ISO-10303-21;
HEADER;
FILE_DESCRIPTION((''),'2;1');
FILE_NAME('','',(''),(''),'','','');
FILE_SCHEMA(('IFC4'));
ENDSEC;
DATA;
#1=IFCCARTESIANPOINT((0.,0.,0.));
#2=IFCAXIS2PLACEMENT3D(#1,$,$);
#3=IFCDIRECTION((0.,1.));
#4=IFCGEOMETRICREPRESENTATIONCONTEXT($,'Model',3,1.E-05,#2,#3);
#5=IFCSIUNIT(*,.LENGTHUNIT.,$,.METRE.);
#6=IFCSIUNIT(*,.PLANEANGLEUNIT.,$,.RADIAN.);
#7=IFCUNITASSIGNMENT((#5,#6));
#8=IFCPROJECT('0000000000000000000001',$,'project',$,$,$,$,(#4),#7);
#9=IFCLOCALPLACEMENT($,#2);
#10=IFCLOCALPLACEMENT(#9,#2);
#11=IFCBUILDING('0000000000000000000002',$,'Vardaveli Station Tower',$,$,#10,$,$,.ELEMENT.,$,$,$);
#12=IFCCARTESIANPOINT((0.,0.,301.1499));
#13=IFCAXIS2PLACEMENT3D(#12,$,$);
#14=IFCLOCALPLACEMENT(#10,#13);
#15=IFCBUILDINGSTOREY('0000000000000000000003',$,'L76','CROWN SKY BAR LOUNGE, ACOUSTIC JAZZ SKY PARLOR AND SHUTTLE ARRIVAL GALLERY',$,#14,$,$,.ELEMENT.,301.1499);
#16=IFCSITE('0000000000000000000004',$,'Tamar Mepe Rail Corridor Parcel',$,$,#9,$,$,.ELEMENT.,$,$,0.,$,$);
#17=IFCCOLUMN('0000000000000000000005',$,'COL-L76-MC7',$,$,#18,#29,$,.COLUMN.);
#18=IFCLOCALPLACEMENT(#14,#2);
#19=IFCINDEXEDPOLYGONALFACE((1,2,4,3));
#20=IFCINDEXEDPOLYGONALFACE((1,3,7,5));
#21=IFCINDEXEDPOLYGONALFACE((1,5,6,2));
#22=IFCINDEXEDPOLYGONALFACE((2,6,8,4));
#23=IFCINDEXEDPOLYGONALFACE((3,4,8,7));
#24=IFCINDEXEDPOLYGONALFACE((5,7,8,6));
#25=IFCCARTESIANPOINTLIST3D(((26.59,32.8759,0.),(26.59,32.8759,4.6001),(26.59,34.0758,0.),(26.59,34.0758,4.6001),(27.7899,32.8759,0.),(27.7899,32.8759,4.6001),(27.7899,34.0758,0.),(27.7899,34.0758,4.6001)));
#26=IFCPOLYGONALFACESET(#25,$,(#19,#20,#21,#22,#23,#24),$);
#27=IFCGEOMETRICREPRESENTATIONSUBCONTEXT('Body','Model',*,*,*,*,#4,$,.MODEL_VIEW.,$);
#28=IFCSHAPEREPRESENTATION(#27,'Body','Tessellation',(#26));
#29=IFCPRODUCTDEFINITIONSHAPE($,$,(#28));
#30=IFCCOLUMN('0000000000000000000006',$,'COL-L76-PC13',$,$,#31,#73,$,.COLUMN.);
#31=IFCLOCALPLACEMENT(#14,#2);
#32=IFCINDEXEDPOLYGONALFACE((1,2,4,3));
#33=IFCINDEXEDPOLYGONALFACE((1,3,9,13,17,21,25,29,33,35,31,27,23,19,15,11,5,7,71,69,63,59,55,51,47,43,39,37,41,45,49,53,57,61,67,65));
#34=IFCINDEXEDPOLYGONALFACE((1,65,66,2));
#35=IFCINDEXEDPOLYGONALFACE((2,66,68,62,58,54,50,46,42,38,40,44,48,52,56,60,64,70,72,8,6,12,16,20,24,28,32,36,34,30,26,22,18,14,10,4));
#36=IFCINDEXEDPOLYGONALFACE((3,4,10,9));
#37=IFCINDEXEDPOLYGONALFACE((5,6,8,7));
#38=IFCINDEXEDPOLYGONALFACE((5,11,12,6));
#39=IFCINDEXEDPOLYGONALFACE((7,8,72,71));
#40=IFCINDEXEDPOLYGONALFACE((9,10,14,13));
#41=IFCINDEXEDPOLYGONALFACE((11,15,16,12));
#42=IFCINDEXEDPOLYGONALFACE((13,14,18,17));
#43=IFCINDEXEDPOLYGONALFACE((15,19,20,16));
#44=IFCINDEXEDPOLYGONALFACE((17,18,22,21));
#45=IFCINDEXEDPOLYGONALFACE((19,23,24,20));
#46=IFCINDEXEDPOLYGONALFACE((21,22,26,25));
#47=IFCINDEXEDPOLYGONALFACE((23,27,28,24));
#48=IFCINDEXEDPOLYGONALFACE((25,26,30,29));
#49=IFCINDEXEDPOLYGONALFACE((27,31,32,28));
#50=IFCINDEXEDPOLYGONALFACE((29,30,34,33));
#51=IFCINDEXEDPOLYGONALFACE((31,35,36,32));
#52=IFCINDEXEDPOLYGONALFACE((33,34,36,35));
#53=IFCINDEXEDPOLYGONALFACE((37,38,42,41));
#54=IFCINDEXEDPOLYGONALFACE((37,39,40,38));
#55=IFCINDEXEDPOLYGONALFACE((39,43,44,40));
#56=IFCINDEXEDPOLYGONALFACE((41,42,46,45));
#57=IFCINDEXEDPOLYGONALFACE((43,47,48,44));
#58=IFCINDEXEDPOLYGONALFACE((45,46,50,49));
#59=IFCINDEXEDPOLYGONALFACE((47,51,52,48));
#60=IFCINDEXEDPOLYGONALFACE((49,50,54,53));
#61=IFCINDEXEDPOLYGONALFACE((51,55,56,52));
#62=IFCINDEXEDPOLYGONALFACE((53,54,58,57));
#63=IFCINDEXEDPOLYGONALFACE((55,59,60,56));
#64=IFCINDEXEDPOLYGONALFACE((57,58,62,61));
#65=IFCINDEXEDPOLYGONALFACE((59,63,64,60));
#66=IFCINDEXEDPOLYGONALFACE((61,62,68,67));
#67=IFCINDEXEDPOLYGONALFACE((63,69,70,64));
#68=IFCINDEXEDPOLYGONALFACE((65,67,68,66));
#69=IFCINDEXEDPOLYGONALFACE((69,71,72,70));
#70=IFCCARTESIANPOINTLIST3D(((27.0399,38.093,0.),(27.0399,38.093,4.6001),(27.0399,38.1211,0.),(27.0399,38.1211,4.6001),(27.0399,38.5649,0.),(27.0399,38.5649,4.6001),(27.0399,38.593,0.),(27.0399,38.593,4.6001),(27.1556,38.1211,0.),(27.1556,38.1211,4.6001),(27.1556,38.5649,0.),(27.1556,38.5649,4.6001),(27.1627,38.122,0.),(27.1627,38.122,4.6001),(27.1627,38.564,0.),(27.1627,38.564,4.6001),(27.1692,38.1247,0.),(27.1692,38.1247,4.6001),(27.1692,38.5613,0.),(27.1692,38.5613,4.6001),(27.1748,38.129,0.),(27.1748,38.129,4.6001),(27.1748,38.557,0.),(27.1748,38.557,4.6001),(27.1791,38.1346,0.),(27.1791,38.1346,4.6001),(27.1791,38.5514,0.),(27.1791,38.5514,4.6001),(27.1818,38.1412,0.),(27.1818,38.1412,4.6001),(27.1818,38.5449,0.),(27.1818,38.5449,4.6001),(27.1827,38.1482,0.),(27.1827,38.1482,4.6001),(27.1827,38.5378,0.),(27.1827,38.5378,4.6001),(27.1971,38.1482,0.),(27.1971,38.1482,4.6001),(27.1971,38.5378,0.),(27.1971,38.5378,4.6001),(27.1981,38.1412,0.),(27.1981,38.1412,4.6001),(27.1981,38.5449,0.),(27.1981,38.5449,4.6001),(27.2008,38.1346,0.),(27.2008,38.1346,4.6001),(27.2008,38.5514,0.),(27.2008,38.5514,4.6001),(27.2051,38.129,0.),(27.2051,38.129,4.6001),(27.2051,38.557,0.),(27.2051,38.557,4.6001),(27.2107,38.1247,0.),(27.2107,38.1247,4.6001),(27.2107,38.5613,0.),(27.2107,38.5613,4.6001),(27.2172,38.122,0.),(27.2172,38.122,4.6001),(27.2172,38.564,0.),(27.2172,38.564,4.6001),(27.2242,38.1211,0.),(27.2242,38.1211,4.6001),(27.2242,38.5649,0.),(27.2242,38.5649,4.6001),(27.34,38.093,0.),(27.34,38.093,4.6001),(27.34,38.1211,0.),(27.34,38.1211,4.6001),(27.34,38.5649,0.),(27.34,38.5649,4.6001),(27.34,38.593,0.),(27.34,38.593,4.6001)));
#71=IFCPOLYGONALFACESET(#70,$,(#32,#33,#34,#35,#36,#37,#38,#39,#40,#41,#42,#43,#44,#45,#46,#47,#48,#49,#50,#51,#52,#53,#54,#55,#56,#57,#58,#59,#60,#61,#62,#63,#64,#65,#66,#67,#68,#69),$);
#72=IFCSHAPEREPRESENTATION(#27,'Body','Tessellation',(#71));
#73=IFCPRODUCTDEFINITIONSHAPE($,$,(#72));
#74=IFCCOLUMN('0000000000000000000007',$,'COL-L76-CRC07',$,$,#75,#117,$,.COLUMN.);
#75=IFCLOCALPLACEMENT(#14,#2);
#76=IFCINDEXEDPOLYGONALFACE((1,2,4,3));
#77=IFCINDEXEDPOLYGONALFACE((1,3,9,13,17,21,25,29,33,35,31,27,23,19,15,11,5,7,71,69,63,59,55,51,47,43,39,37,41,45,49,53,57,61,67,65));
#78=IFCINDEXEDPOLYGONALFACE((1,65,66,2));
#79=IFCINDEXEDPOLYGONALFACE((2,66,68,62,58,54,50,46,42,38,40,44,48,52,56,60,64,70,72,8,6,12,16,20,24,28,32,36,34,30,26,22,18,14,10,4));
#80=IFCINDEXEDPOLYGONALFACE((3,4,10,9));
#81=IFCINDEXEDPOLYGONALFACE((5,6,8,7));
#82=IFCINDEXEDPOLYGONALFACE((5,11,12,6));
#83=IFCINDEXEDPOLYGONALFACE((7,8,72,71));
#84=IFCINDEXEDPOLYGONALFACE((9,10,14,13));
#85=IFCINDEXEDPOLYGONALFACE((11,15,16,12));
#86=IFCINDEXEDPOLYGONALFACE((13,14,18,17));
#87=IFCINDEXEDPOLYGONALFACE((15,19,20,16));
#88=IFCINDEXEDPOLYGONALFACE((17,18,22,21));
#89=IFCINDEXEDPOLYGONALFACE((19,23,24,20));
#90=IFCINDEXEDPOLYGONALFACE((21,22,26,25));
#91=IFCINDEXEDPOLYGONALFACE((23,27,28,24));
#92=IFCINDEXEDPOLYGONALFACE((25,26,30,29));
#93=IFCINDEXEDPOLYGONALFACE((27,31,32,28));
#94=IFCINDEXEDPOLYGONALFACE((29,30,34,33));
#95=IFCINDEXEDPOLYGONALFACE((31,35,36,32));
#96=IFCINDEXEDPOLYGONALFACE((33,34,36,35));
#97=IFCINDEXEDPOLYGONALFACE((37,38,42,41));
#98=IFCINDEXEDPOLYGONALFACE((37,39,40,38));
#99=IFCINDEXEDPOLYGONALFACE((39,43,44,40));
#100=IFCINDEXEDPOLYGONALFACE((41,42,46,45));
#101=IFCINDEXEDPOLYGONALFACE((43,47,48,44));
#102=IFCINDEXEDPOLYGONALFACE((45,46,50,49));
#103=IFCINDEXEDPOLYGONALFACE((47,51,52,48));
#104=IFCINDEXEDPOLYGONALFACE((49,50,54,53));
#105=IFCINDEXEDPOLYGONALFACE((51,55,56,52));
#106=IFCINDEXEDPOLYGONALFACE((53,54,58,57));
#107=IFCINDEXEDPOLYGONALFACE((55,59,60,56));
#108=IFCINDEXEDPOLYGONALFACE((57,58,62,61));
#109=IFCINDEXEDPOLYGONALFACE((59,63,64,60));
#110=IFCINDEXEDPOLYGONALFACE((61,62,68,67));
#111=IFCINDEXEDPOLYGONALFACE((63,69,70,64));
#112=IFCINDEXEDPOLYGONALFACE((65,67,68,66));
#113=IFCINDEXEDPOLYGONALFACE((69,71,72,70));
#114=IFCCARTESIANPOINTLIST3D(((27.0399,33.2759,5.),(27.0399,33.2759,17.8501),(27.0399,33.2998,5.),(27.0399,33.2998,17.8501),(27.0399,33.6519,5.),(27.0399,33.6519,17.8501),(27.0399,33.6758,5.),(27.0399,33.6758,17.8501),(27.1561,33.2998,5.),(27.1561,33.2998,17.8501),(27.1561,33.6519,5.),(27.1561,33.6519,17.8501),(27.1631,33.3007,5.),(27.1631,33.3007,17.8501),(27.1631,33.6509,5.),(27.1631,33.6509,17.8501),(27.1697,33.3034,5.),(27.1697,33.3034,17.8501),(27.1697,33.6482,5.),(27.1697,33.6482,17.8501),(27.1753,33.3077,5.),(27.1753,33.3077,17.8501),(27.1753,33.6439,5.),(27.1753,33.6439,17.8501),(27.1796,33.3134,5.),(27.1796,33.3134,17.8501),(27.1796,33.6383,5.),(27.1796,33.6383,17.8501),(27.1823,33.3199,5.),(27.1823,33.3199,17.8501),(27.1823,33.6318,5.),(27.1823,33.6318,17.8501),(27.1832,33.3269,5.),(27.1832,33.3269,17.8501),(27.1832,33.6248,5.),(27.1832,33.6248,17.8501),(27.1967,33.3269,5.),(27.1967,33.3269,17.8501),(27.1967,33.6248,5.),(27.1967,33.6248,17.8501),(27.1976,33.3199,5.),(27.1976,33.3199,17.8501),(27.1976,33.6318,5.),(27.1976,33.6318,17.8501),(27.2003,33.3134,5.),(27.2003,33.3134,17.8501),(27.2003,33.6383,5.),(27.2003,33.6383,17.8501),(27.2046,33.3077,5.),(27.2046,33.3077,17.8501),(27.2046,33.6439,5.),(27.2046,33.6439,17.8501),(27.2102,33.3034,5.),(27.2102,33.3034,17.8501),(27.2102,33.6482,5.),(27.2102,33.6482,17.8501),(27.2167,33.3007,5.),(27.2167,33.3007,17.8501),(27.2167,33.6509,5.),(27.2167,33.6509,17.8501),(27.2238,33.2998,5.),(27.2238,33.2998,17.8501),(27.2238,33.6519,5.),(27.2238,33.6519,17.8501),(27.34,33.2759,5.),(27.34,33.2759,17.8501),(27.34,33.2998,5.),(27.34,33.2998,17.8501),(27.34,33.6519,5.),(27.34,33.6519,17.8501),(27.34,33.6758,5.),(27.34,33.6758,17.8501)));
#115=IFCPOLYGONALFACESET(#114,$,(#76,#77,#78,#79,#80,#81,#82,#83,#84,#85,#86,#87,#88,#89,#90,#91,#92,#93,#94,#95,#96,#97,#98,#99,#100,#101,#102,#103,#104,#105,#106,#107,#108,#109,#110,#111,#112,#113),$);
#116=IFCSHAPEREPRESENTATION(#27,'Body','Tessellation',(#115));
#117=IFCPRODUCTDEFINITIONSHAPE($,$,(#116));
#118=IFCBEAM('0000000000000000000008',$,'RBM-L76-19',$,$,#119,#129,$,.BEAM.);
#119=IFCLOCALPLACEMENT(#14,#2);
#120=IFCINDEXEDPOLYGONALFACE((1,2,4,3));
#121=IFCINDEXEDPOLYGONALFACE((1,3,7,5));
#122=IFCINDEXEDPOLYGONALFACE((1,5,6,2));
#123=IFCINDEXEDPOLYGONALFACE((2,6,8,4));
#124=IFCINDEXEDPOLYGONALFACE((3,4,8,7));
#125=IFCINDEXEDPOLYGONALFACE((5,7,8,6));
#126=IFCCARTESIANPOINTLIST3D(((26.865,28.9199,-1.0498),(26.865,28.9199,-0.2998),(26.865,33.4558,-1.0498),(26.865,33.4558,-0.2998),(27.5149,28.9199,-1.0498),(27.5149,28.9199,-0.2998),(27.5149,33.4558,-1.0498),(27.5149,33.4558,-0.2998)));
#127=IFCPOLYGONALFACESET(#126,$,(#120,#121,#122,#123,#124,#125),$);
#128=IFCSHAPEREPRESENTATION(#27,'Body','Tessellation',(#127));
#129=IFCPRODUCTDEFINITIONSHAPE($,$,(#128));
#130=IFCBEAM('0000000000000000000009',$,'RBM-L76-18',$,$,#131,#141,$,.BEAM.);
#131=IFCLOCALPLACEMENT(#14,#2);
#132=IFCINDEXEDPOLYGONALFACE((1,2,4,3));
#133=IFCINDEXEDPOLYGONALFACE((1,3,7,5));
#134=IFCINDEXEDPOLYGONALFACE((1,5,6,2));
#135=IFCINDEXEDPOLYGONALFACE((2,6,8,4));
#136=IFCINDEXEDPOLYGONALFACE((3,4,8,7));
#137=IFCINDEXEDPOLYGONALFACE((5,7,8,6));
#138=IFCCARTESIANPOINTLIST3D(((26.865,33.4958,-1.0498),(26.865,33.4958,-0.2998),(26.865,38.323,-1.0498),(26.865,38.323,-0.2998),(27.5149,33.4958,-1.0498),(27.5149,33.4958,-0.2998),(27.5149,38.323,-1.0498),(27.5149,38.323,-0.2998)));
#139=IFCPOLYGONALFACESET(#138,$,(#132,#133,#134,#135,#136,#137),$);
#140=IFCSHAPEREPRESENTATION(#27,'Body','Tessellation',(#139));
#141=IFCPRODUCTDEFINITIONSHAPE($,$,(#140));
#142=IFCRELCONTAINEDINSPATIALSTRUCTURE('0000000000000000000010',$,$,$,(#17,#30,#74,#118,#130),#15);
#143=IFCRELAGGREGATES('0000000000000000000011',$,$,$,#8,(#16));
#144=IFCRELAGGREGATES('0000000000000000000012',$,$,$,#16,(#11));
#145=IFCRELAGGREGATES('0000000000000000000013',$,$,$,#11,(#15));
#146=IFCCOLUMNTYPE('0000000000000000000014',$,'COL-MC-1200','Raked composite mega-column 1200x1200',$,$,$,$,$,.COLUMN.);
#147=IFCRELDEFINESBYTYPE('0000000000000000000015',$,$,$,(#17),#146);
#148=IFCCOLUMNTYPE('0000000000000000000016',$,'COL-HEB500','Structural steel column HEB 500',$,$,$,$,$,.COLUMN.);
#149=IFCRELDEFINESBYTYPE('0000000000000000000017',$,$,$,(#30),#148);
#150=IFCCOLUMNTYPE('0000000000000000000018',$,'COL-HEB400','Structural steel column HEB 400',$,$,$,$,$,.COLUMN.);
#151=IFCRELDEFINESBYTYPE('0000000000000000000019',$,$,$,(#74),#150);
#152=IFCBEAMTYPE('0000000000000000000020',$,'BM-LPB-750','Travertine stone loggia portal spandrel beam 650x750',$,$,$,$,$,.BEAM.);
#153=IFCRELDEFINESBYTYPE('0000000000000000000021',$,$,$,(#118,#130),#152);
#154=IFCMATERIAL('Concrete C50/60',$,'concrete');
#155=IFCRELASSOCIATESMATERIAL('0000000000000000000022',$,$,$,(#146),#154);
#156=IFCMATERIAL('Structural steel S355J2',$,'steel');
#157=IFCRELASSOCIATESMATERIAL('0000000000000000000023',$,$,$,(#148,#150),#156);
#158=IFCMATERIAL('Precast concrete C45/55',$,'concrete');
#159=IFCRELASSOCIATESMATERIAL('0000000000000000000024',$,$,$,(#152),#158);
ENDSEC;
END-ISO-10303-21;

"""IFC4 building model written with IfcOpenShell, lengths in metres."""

from ifc_helpers import new_model, si_unit, direction, frame, origin, origin_2d, place, context, subcontext, project, spatial, rectangle, i_section, extrude, source, transform, mapped, material, material_profile, profile_set, type_object, element, save


model = new_model("IFC4")

# Units and contexts
model_context = context("Model", 3, precision=1e-05, world=origin(), true_north=direction((0.0, 1.0)))
body_context = subcontext(model_context, "Body", "Model", "MODEL_VIEW")
ifc_project = project(units=[si_unit("LENGTHUNIT", "METRE"), si_unit("PLANEANGLEUNIT", "RADIAN")], contexts=[model_context])

# Site, building, storey
site_placement = place(None, origin())
site = spatial("IfcSite", under=ifc_project, at=site_placement, Name="Tamar Mepe Rail Corridor Parcel", CompositionType="ELEMENT", RefElevation=0.0)
building_placement = place(site_placement, origin())
building = spatial("IfcBuilding", under=site, at=building_placement, Name="Vardaveli Station Tower", CompositionType="ELEMENT")
storey_placement = place(building_placement, frame((0.0, 0.0, 301.1499)))
storey = spatial("IfcBuildingStorey", under=building, at=storey_placement, Name="L76", Description="CROWN SKY BAR LOUNGE, ACOUSTIC JAZZ SKY PARLOR AND SHUTTLE ARRIVAL GALLERY", CompositionType="ELEMENT", Elevation=301.1499)

# Columns
ifc_material_1 = material(Name="Concrete C50/60", Category="concrete")
ifc_material_profile_1 = material_profile(ifc_material_1, rectangle(XDim=1.2, YDim=1.2, at=origin_2d()), Name="MC 1200x1200")
ifc_profile_set_1 = profile_set([ifc_material_profile_1], Name="Concrete C50/60")
column_type_1 = type_object("IfcColumnType", Name="COL-MC-1200", Description="Raked composite mega-column 1200x1200", PredefinedType="COLUMN", material=ifc_profile_set_1)
shared_shape_1 = source(origin(), body_context, "Body", "SweptSolid", [
    extrude(rectangle(XDim=1.2, YDim=1.2, at=origin_2d()), origin(), (0.0, 0.0, 1.0), 4.6001),
])
column_1_placement = place(storey_placement, frame((27.1899, 33.4758, 0.0), z_axis=(0.0, 0.0, 1.0), x_axis=(1.0, 0.0, 0.0)))
element("IfcColumn", 1, at=column_1_placement, inside=storey, type_object=column_type_1, Name="COL-L76-MC7", PredefinedType="COLUMN", context=body_context, shape_type="MappedRepresentation", body=[
    mapped(shared_shape_1, transform((0.0, 0.0, 0.0), scale=1.0)),
])
ifc_material_2 = material(Name="Structural steel S355J2", Category="steel")
ifc_material_profile_2 = material_profile(ifc_material_2, i_section(OverallWidth=0.3, OverallDepth=0.5, WebThickness=0.0144, FlangeThickness=0.0281, FilletRadius=0.0271, at=origin_2d()), Name="HEB 500")
ifc_profile_set_2 = profile_set([ifc_material_profile_2], Name="Structural steel S355J2")
column_type_2 = type_object("IfcColumnType", Name="COL-HEB500", Description="Structural steel column HEB 500", PredefinedType="COLUMN", material=ifc_profile_set_2)
shared_shape_2 = source(origin(), body_context, "Body", "SweptSolid", [
    extrude(i_section(OverallWidth=0.3, OverallDepth=0.5, WebThickness=0.0144, FlangeThickness=0.0281, FilletRadius=0.0271, at=origin_2d()), origin(), (0.0, 0.0, 1.0), 4.6001),
])
column_2_placement = place(storey_placement, frame((27.1899, 38.343, 0.0), z_axis=(0.0, 0.0, 1.0), x_axis=(1.0, 0.0, 0.0)))
element("IfcColumn", 2, at=column_2_placement, inside=storey, type_object=column_type_2, Name="COL-L76-PC13", PredefinedType="COLUMN", context=body_context, shape_type="MappedRepresentation", body=[
    mapped(shared_shape_2, transform((0.0, 0.0, 0.0), scale=1.0)),
])
ifc_material_profile_3 = material_profile(ifc_material_2, i_section(OverallWidth=0.3, OverallDepth=0.3999, WebThickness=0.0134, FlangeThickness=0.0239, FilletRadius=0.0271, at=origin_2d()), Name="HEB 400")
ifc_profile_set_3 = profile_set([ifc_material_profile_3], Name="Structural steel S355J2")
column_type_3 = type_object("IfcColumnType", Name="COL-HEB400", Description="Structural steel column HEB 400", PredefinedType="COLUMN", material=ifc_profile_set_3)
shared_shape_3 = source(origin(), body_context, "Body", "SweptSolid", [
    extrude(i_section(OverallWidth=0.3, OverallDepth=0.3999, WebThickness=0.0134, FlangeThickness=0.0239, FilletRadius=0.0271, at=origin_2d()), origin(), (0.0, 0.0, 1.0), 12.8501),
])
column_3_placement = place(storey_placement, frame((27.1899, 33.4758, 5.0), z_axis=(0.0, 0.0, 1.0), x_axis=(1.0, 0.0, 0.0)))
element("IfcColumn", 3, at=column_3_placement, inside=storey, type_object=column_type_3, Name="COL-L76-CRC07", PredefinedType="COLUMN", context=body_context, shape_type="MappedRepresentation", body=[
    mapped(shared_shape_3, transform((0.0, 0.0, 0.0), scale=1.0)),
])

# Beams
ifc_material_3 = material(Name="Precast concrete C45/55", Category="concrete")
ifc_material_profile_4 = material_profile(ifc_material_3, rectangle(XDim=0.6499, YDim=0.75, at=origin_2d()), Name="LPB 650x750")
ifc_profile_set_4 = profile_set([ifc_material_profile_4], Name="Precast concrete C45/55")
beam_type_1 = type_object("IfcBeamType", Name="BM-LPB-750", Description="Travertine stone loggia portal spandrel beam 650x750", PredefinedType="BEAM", material=ifc_profile_set_4)
shared_shape_4 = source(origin(), body_context, "Body", "SweptSolid", [
    extrude(rectangle(XDim=0.6499, YDim=0.75, at=origin_2d()), origin(), (0.0, 0.0, 1.0), 4.5359),
])
beam_1_placement = place(storey_placement, frame((27.1899, 33.4558, -0.6748), z_axis=(0.0, -1.0, 0.0), x_axis=(1.0, 0.0, 0.0)))
element("IfcBeam", 4, at=beam_1_placement, inside=storey, type_object=beam_type_1, Name="RBM-L76-19", PredefinedType="BEAM", context=body_context, shape_type="MappedRepresentation", body=[
    mapped(shared_shape_4, transform((0.0, 0.0, 0.0), scale=1.0)),
])
shared_shape_5 = source(origin(), body_context, "Body", "SweptSolid", [
    extrude(rectangle(XDim=0.6499, YDim=0.75, at=origin_2d()), origin(), (0.0, 0.0, 1.0), 4.8271),
])
beam_2_placement = place(storey_placement, frame((27.1899, 38.323, -0.6748), z_axis=(0.0, -1.0, 0.0), x_axis=(1.0, 0.0, 0.0)))
element("IfcBeam", 5, at=beam_2_placement, inside=storey, type_object=beam_type_1, Name="RBM-L76-18", PredefinedType="BEAM", context=body_context, shape_type="MappedRepresentation", body=[
    mapped(shared_shape_5, transform((0.0, 0.0, 0.0), scale=1.0)),
])

save(model, "model.ifc")
